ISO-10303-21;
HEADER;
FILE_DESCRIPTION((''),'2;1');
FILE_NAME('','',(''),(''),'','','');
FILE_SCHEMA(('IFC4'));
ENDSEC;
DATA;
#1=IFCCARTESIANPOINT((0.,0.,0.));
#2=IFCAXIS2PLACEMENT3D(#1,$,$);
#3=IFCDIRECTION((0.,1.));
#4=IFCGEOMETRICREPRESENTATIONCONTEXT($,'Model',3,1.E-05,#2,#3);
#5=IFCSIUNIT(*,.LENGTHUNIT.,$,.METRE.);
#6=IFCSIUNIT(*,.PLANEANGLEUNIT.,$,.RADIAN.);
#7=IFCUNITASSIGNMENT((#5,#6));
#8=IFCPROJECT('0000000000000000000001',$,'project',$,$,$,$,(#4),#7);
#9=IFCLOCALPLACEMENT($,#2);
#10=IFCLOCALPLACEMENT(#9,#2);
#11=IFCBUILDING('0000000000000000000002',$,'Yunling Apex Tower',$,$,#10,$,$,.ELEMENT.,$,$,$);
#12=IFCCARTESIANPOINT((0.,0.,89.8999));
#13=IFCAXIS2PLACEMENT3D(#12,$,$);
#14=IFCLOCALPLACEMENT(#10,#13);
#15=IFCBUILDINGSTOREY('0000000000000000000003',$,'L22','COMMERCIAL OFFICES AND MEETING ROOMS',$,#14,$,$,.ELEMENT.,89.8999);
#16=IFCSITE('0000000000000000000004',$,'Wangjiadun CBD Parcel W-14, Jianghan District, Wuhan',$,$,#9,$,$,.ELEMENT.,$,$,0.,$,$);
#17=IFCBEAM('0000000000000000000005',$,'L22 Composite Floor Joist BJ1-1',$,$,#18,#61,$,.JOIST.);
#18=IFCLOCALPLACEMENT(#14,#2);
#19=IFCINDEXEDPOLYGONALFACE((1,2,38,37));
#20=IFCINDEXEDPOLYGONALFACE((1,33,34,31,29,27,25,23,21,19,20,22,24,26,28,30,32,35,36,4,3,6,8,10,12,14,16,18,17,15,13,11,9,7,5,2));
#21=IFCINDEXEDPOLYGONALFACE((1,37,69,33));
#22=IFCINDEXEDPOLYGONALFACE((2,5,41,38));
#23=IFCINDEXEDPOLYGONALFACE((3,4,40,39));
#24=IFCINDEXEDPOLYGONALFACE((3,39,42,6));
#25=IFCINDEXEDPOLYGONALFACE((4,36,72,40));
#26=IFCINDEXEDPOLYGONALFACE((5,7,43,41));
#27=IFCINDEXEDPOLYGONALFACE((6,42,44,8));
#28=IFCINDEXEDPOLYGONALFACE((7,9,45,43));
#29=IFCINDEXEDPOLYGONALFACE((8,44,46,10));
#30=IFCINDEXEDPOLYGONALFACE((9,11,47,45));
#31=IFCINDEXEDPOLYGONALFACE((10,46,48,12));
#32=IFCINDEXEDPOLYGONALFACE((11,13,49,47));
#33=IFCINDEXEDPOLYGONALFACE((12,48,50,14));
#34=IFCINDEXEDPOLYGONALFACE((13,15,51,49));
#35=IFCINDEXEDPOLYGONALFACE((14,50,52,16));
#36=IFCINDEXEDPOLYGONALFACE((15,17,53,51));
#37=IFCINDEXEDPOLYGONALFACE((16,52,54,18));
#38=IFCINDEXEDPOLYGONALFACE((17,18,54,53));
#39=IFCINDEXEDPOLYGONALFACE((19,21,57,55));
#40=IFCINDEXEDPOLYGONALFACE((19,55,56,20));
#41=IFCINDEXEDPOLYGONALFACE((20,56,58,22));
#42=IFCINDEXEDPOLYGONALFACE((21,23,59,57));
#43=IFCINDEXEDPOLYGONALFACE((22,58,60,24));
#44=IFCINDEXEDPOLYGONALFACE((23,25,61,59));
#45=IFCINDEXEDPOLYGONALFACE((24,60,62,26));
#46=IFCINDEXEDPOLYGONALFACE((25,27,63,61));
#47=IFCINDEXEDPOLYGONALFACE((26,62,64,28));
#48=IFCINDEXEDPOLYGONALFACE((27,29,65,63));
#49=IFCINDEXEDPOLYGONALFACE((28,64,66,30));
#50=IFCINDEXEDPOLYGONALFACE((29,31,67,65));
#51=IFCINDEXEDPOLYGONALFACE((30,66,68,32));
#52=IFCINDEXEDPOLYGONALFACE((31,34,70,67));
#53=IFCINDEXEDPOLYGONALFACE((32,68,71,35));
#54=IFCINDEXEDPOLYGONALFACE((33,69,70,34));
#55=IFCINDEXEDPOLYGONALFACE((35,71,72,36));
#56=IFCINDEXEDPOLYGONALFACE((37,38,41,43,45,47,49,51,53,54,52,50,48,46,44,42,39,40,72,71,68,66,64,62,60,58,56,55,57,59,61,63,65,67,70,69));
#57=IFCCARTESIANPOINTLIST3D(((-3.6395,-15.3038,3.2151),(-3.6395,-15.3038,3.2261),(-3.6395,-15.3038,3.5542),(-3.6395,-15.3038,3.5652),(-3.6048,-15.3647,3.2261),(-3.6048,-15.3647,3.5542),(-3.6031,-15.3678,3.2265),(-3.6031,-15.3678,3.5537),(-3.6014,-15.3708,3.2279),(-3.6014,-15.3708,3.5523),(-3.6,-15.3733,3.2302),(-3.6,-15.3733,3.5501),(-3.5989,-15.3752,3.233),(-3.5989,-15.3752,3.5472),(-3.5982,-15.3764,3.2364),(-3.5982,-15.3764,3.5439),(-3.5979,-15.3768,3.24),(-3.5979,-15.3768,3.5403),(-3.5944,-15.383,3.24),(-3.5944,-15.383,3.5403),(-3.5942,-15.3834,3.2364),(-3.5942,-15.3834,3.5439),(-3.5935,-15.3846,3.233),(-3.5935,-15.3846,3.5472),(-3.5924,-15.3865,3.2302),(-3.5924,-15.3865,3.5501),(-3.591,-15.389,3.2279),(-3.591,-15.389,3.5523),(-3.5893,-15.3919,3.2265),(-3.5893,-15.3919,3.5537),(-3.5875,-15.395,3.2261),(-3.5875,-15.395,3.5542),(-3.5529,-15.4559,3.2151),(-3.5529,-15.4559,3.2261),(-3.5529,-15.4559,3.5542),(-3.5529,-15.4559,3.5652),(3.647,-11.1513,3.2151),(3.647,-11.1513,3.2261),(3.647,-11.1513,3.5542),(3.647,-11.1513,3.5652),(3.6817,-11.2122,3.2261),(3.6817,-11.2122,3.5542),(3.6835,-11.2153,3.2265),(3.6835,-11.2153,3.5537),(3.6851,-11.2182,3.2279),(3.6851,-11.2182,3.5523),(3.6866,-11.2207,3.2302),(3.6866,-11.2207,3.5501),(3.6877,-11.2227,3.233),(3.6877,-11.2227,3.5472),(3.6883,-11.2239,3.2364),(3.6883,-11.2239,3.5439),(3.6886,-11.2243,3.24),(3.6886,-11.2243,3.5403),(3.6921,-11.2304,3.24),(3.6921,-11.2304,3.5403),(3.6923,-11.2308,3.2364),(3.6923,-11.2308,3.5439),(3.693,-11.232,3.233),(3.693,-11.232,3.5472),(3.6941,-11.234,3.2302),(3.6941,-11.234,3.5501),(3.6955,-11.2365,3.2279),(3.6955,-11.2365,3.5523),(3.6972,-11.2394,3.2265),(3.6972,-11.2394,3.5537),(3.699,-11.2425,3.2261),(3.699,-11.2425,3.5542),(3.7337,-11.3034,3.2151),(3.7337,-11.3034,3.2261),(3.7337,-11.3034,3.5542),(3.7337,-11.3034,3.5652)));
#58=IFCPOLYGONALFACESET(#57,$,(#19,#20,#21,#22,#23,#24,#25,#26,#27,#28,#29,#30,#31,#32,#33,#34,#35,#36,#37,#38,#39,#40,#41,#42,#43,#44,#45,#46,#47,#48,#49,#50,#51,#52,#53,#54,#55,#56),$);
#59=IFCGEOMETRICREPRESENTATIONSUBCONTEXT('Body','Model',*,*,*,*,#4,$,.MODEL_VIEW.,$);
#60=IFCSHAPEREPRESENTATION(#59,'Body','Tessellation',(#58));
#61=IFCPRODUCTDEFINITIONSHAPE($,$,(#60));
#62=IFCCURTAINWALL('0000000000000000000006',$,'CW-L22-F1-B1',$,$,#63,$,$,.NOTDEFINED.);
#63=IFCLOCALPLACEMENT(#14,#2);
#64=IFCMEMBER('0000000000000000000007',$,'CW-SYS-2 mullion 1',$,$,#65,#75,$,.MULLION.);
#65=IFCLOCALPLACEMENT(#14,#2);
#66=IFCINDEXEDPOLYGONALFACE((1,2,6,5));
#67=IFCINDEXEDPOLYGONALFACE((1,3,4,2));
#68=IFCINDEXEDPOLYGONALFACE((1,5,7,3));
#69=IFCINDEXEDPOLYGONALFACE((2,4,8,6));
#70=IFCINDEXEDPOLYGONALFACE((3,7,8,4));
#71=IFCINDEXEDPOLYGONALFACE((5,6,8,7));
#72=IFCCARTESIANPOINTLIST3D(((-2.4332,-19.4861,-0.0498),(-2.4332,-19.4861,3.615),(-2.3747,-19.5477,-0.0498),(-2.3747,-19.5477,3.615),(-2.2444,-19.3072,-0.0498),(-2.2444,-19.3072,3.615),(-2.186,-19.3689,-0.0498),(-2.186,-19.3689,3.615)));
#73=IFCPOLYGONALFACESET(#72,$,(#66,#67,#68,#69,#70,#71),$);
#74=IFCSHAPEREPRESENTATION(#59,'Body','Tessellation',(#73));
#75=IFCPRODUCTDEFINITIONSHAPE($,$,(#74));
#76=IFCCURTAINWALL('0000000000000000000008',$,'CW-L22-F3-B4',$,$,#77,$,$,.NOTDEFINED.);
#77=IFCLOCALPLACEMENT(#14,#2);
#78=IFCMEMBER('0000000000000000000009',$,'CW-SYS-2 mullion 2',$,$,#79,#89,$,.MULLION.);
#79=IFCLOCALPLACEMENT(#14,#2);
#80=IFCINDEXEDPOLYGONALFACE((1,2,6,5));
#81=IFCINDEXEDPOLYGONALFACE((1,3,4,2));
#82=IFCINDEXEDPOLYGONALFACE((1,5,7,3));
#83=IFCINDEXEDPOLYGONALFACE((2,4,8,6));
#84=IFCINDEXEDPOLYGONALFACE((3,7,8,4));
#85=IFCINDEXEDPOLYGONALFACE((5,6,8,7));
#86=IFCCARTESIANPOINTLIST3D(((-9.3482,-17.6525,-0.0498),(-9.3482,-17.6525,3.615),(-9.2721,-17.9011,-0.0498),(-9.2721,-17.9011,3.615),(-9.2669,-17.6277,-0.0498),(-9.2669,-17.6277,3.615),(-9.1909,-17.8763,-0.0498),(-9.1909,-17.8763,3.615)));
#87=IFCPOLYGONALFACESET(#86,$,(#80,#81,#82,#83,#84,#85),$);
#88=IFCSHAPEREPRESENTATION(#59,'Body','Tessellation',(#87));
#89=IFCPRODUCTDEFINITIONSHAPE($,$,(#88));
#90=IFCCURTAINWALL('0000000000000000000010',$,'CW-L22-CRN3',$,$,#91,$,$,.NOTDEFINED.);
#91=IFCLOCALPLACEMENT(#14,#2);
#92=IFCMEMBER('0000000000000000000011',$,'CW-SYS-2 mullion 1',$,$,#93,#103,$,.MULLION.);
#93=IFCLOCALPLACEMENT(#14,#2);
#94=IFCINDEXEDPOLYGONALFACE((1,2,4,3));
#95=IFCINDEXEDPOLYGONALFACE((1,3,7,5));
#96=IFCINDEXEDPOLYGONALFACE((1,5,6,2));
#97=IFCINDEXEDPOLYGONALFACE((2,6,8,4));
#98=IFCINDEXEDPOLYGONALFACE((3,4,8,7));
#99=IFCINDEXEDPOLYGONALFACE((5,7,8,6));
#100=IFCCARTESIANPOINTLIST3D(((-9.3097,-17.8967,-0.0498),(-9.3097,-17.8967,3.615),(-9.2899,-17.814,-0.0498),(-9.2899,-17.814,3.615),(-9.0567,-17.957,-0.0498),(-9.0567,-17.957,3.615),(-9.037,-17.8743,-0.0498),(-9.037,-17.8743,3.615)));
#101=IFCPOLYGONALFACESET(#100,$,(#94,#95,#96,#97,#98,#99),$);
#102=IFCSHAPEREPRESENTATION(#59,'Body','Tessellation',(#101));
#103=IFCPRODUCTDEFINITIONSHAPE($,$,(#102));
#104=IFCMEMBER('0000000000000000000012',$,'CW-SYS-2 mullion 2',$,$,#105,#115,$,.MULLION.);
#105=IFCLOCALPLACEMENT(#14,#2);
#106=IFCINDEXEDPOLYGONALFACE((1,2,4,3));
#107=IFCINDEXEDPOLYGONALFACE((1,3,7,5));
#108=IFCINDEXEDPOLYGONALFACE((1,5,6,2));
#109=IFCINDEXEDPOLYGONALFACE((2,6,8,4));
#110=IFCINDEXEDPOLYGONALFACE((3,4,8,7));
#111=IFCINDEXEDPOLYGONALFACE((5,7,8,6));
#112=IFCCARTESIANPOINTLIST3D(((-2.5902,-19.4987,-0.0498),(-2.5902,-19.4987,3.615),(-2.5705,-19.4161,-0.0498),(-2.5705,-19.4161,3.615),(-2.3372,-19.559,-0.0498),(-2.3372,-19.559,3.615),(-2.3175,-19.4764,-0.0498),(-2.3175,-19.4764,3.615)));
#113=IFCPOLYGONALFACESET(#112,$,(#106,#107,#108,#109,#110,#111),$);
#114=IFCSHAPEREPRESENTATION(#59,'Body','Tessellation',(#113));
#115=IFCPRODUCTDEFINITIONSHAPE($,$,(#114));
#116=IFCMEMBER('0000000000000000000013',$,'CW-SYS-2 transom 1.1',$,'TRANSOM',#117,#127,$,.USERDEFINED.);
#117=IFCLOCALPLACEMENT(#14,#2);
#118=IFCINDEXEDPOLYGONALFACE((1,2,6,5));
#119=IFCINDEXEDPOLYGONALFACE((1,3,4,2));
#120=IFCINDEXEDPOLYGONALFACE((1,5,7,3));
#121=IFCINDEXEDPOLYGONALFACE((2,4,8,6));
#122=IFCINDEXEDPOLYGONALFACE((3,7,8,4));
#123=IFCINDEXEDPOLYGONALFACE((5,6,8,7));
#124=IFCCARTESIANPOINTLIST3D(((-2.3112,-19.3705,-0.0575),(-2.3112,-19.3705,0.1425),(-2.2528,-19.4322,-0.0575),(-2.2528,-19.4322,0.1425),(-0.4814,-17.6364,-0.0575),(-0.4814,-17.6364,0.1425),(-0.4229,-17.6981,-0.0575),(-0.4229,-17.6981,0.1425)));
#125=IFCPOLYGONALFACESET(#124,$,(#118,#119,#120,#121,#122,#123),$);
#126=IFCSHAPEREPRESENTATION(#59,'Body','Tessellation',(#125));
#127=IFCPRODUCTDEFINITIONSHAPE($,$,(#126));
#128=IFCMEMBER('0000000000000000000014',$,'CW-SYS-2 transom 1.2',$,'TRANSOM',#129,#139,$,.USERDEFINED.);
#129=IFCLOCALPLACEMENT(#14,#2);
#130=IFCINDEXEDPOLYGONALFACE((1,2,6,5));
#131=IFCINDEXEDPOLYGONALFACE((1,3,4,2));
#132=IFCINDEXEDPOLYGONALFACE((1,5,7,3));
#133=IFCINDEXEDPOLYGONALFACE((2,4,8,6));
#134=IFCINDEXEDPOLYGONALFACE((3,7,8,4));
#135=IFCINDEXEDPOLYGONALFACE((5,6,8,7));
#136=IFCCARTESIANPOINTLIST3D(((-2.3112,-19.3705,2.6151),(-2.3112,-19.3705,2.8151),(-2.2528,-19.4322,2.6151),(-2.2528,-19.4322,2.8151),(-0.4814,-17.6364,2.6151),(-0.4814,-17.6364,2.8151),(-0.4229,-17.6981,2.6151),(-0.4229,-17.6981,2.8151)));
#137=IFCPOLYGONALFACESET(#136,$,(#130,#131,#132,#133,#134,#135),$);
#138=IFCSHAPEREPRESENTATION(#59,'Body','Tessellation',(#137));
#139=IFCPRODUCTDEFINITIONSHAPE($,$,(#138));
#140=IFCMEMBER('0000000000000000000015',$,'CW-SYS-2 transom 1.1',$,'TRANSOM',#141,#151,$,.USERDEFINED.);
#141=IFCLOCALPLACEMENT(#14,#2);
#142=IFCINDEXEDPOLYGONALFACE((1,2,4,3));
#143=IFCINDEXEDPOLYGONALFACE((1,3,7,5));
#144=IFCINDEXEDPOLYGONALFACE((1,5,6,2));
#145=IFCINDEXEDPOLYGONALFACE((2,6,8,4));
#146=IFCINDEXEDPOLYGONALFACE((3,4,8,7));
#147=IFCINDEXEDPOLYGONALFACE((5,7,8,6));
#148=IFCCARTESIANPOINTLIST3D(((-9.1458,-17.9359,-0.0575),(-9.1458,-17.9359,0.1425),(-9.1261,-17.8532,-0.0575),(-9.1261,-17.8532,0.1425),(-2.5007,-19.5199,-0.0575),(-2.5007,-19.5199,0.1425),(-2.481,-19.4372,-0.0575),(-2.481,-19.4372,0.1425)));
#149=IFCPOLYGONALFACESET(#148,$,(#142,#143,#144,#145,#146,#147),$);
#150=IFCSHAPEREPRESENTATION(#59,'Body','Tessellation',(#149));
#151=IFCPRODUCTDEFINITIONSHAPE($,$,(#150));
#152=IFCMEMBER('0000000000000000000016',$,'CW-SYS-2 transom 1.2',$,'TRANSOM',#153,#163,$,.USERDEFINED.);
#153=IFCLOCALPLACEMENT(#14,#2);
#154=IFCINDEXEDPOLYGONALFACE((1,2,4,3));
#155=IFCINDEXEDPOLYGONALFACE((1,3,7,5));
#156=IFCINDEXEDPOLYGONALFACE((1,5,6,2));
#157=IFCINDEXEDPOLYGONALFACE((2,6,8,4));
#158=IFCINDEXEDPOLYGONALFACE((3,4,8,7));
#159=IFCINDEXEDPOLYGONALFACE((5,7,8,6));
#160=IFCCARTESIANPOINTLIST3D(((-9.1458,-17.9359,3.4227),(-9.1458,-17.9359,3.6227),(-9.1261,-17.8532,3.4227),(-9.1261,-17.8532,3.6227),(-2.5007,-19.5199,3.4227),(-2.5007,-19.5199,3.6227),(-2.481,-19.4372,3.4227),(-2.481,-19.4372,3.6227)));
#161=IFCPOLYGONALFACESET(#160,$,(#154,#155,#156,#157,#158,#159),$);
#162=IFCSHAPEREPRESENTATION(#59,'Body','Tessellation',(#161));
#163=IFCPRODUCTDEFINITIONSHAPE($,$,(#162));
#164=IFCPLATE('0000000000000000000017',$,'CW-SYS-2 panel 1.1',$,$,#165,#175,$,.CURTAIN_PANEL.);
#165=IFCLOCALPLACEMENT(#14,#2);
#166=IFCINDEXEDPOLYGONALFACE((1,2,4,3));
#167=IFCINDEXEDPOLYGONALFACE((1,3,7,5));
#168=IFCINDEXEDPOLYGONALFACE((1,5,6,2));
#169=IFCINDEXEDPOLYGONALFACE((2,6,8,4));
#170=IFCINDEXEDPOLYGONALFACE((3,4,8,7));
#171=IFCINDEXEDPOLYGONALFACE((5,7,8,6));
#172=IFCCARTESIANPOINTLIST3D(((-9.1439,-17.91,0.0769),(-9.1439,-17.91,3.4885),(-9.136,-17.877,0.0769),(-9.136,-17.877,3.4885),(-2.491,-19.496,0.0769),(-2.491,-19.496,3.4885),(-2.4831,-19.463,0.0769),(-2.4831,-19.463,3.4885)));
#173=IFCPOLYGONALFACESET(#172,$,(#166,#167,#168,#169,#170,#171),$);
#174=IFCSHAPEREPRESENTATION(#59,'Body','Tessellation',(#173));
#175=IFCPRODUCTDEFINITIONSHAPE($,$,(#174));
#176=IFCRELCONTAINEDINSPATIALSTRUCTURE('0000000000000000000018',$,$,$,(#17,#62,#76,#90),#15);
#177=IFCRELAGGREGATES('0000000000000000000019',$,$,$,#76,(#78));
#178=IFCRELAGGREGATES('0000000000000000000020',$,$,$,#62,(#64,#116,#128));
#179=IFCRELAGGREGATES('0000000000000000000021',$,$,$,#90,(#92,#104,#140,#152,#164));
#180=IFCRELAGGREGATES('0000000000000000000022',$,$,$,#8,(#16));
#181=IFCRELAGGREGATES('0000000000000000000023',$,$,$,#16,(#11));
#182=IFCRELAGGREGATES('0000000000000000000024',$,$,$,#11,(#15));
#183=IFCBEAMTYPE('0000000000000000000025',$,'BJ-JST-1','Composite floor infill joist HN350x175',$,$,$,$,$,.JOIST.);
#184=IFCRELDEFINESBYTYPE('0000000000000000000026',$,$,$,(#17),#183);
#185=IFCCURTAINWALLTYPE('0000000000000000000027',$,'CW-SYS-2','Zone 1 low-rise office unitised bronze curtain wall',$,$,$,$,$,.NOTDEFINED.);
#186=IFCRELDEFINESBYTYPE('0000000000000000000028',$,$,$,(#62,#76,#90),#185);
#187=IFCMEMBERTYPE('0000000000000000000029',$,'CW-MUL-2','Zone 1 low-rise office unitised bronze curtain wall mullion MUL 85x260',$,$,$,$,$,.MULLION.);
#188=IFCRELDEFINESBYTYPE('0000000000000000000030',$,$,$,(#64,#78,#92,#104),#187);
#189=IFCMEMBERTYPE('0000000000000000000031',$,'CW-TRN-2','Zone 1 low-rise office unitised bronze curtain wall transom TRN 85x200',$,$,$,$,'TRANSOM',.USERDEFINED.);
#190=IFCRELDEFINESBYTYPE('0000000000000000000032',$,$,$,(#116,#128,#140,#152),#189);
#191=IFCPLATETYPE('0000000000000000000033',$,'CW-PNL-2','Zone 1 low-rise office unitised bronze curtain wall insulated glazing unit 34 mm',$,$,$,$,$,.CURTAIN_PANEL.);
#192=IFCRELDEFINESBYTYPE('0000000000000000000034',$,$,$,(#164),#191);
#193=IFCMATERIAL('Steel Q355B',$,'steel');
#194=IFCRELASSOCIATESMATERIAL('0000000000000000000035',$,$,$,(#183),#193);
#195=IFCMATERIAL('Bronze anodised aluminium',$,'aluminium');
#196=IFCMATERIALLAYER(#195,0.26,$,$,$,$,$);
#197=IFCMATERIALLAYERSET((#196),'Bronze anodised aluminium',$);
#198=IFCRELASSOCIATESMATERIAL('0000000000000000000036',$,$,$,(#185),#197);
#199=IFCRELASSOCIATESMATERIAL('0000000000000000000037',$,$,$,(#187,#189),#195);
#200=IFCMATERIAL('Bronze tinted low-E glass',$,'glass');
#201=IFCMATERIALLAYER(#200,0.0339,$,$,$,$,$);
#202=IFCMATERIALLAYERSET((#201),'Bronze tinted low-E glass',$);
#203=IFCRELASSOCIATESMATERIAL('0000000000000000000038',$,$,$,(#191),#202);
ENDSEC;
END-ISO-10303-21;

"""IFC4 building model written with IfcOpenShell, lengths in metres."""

from ifc_helpers import new_model, si_unit, direction, frame, origin, origin_2d, place, context, subcontext, project, spatial, rectangle, i_section, extrude, source, transform, mapped, material, layer, layer_set, material_profile, profile_set, type_object, element, aggregate, save


model = new_model("IFC4")

# Units and contexts
model_context = context("Model", 3, precision=1e-05, world=origin(), true_north=direction((0.0, 1.0)))
body_context = subcontext(model_context, "Body", "Model", "MODEL_VIEW")
ifc_project = project(units=[si_unit("LENGTHUNIT", "METRE"), si_unit("PLANEANGLEUNIT", "RADIAN")], contexts=[model_context])

# Site, building, storey
site_placement = place(None, origin())
site = spatial("IfcSite", under=ifc_project, at=site_placement, Name="Wangjiadun CBD Parcel W-14, Jianghan District, Wuhan", CompositionType="ELEMENT", RefElevation=0.0)
building_placement = place(site_placement, origin())
building = spatial("IfcBuilding", under=site, at=building_placement, Name="Yunling Apex Tower", CompositionType="ELEMENT")
storey_placement = place(building_placement, frame((0.0, 0.0, 89.8999)))
storey = spatial("IfcBuildingStorey", under=building, at=storey_placement, Name="L22", Description="COMMERCIAL OFFICES AND MEETING ROOMS", CompositionType="ELEMENT", Elevation=89.8999)

# Beam
ifc_material_1 = material(Name="Steel Q355B", Category="steel")
ifc_material_profile_1 = material_profile(ifc_material_1, i_section(OverallWidth=0.175, OverallDepth=0.3501, WebThickness=0.0071, FlangeThickness=0.011, FilletRadius=0.0139, at=origin_2d()))
ifc_profile_set_1 = profile_set([ifc_material_profile_1], Name="Steel Q355B")
beam_type_1 = type_object("IfcBeamType", Name="BJ-JST-1", Description="Composite floor infill joist HN350x175", PredefinedType="JOIST", material=ifc_profile_set_1)
shared_shape_1 = source(origin(), body_context, "Body", "SweptSolid", [
    extrude(i_section(OverallWidth=0.175, OverallDepth=0.3501, WebThickness=0.0071, FlangeThickness=0.011, FilletRadius=0.0139, at=origin_2d()), origin(), (0.0, 0.0, 1.0), 8.3867),
])
beam_1_placement = place(storey_placement, frame((-3.5962, -15.3799, 3.3901), z_axis=(0.868818, 0.495132, 0.0), x_axis=(-0.495132, 0.868818, 0.0)))
element("IfcBeam", 1, at=beam_1_placement, inside=storey, type_object=beam_type_1, Name="L22 Composite Floor Joist BJ1-1", PredefinedType="JOIST", context=body_context, shape_type="MappedRepresentation", body=[
    mapped(shared_shape_1, transform((0.0, 0.0, 0.0), scale=1.0)),
])

# Curtain walls, members
ifc_material_2 = material(Name="Bronze anodised aluminium", Category="aluminium")
ifc_layer_1 = layer(ifc_material_2, 0.26)
ifc_layer_set_1 = layer_set([ifc_layer_1], Name="Bronze anodised aluminium")
curtain_wall_type = type_object("IfcCurtainWallType", Name="CW-SYS-2", Description="Zone 1 low-rise office unitised bronze curtain wall", PredefinedType="NOTDEFINED", material=ifc_layer_set_1)
curtain_wall_1_placement = place(storey_placement, origin())
curtain_wall_1 = element("IfcCurtainWall", 2, at=curtain_wall_1_placement, inside=storey, type_object=curtain_wall_type, Name="CW-L22-F1-B1", PredefinedType="NOTDEFINED")
ifc_material_profile_2 = material_profile(ifc_material_2, rectangle(XDim=0.085, YDim=0.26, at=origin_2d()))
ifc_profile_set_2 = profile_set([ifc_material_profile_2], Name="Bronze anodised aluminium")
member_type_1 = type_object("IfcMemberType", Name="CW-MUL-2", Description="Zone 1 low-rise office unitised bronze curtain wall mullion MUL 85x260", PredefinedType="MULLION", material=ifc_profile_set_2)
shared_shape_2 = source(origin(), body_context, "Body", "SweptSolid", [
    extrude(rectangle(XDim=0.085, YDim=0.26, at=origin_2d()), origin(), (0.0, 0.0, 1.0), 3.6648),
])
member_1_placement = place(storey_placement, frame((-2.3096, -19.4275, -0.0498), z_axis=(0.0, 0.0, 1.0), x_axis=(-0.687861, 0.725842, 0.0)))
member_1 = element("IfcMember", 3, at=member_1_placement, type_object=member_type_1, Name="CW-SYS-2 mullion 1", PredefinedType="MULLION", context=body_context, shape_type="MappedRepresentation", body=[
    mapped(shared_shape_2, transform((0.0, 0.0, 0.0), scale=1.0)),
])
curtain_wall_2_placement = place(storey_placement, origin())
curtain_wall_2 = element("IfcCurtainWall", 4, at=curtain_wall_2_placement, inside=storey, type_object=curtain_wall_type, Name="CW-L22-F3-B4", PredefinedType="NOTDEFINED")
member_2_placement = place(storey_placement, frame((-9.2695, -17.7644, -0.0498), z_axis=(0.0, 0.0, 1.0), x_axis=(0.956304, 0.292373, 0.0)))
member_2 = element("IfcMember", 5, at=member_2_placement, type_object=member_type_1, Name="CW-SYS-2 mullion 2", PredefinedType="MULLION", context=body_context, shape_type="MappedRepresentation", body=[
    mapped(shared_shape_2, transform((0.0, 0.0, 0.0), scale=1.0)),
])
aggregate(curtain_wall_2, [member_2])

# Curtain wall, members
curtain_wall_3_placement = place(storey_placement, origin())
curtain_wall_3 = element("IfcCurtainWall", 6, at=curtain_wall_3_placement, inside=storey, type_object=curtain_wall_type, Name="CW-L22-CRN3", PredefinedType="NOTDEFINED")
member_3_placement = place(storey_placement, frame((-9.1733, -17.8855, -0.0498), z_axis=(0.0, 0.0, 1.0), x_axis=(0.231895, 0.972741, 0.0)))
member_3 = element("IfcMember", 7, at=member_3_placement, type_object=member_type_1, Name="CW-SYS-2 mullion 1", PredefinedType="MULLION", context=body_context, shape_type="MappedRepresentation", body=[
    mapped(shared_shape_2, transform((0.0, 0.0, 0.0), scale=1.0)),
])
member_4_placement = place(storey_placement, frame((-2.4539, -19.4875, -0.0498), z_axis=(0.0, 0.0, 1.0), x_axis=(0.231895, 0.972741, 0.0)))
member_4 = element("IfcMember", 8, at=member_4_placement, type_object=member_type_1, Name="CW-SYS-2 mullion 2", PredefinedType="MULLION", context=body_context, shape_type="MappedRepresentation", body=[
    mapped(shared_shape_2, transform((0.0, 0.0, 0.0), scale=1.0)),
])

# Members
ifc_material_profile_3 = material_profile(ifc_material_2, rectangle(XDim=0.085, YDim=0.2, at=origin_2d()))
ifc_profile_set_3 = profile_set([ifc_material_profile_3], Name="Bronze anodised aluminium")
member_type_2 = type_object("IfcMemberType", Name="CW-TRN-2", Description="Zone 1 low-rise office unitised bronze curtain wall transom TRN 85x200", ElementType="TRANSOM", PredefinedType="USERDEFINED", material=ifc_profile_set_3)
shared_shape_3 = source(origin(), body_context, "Body", "SweptSolid", [
    extrude(rectangle(XDim=0.085, YDim=0.2, at=origin_2d()), origin(), (0.0, 0.0, 1.0), 2.521),
])
member_5_placement = place(storey_placement, frame((-2.282, -19.4014, 0.0425), z_axis=(0.725833, 0.687871, 0.0), x_axis=(-0.687871, 0.725833, 0.0)))
member_5 = element("IfcMember", 9, at=member_5_placement, type_object=member_type_2, Name="CW-SYS-2 transom 1.1", ObjectType="TRANSOM", PredefinedType="USERDEFINED", context=body_context, shape_type="MappedRepresentation", body=[
    mapped(shared_shape_3, transform((0.0, 0.0, 0.0), scale=1.0)),
])
member_6_placement = place(storey_placement, frame((-2.282, -19.4014, 2.7151), z_axis=(0.725833, 0.687871, 0.0), x_axis=(-0.687871, 0.725833, 0.0)))
member_6 = element("IfcMember", 10, at=member_6_placement, type_object=member_type_2, Name="CW-SYS-2 transom 1.2", ObjectType="TRANSOM", PredefinedType="USERDEFINED", context=body_context, shape_type="MappedRepresentation", body=[
    mapped(shared_shape_3, transform((0.0, 0.0, 0.0), scale=1.0)),
])
aggregate(curtain_wall_1, [member_1, member_5, member_6])
shared_shape_4 = source(origin(), body_context, "Body", "SweptSolid", [
    extrude(rectangle(XDim=0.085, YDim=0.2, at=origin_2d()), origin(), (0.0, 0.0, 1.0), 6.8313),
])
member_7_placement = place(storey_placement, frame((-9.136, -17.8945, 0.0425), z_axis=(0.972746, -0.231875, 0.0), x_axis=(0.231875, 0.972746, 0.0)))
member_7 = element("IfcMember", 11, at=member_7_placement, type_object=member_type_2, Name="CW-SYS-2 transom 1.1", ObjectType="TRANSOM", PredefinedType="USERDEFINED", context=body_context, shape_type="MappedRepresentation", body=[
    mapped(shared_shape_4, transform((0.0, 0.0, 0.0), scale=1.0)),
])
member_8_placement = place(storey_placement, frame((-9.136, -17.8945, 3.5227), z_axis=(0.972746, -0.231875, 0.0), x_axis=(0.231875, 0.972746, 0.0)))
member_8 = element("IfcMember", 12, at=member_8_placement, type_object=member_type_2, Name="CW-SYS-2 transom 1.2", ObjectType="TRANSOM", PredefinedType="USERDEFINED", context=body_context, shape_type="MappedRepresentation", body=[
    mapped(shared_shape_4, transform((0.0, 0.0, 0.0), scale=1.0)),
])

# Plate
ifc_material_3 = material(Name="Bronze tinted low-E glass", Category="glass")
ifc_layer_2 = layer(ifc_material_3, 0.0339)
ifc_layer_set_2 = layer_set([ifc_layer_2], Name="Bronze tinted low-E glass")
plate_type = type_object("IfcPlateType", Name="CW-PNL-2", Description="Zone 1 low-rise office unitised bronze curtain wall insulated glazing unit 34 mm", PredefinedType="CURTAIN_PANEL", material=ifc_layer_set_2)
shared_shape_5 = source(origin(), body_context, "Body", "SweptSolid", [
    extrude(rectangle(XDim=6.8394, YDim=0.0339, at=origin_2d()), origin(), (0.0, 0.0, 1.0), 3.4116),
])
plate_placement = place(storey_placement, frame((-5.8135, -18.6865, 0.0769), z_axis=(0.0, 0.0, 1.0), x_axis=(0.972741, -0.231895, 0.0)))
plate = element("IfcPlate", 13, at=plate_placement, type_object=plate_type, Name="CW-SYS-2 panel 1.1", PredefinedType="CURTAIN_PANEL", context=body_context, shape_type="MappedRepresentation", body=[
    mapped(shared_shape_5, transform((0.0, 0.0, 0.0), scale=1.0)),
])
aggregate(curtain_wall_3, [member_3, member_4, member_7, member_8, plate])

save(model, "model.ifc")
